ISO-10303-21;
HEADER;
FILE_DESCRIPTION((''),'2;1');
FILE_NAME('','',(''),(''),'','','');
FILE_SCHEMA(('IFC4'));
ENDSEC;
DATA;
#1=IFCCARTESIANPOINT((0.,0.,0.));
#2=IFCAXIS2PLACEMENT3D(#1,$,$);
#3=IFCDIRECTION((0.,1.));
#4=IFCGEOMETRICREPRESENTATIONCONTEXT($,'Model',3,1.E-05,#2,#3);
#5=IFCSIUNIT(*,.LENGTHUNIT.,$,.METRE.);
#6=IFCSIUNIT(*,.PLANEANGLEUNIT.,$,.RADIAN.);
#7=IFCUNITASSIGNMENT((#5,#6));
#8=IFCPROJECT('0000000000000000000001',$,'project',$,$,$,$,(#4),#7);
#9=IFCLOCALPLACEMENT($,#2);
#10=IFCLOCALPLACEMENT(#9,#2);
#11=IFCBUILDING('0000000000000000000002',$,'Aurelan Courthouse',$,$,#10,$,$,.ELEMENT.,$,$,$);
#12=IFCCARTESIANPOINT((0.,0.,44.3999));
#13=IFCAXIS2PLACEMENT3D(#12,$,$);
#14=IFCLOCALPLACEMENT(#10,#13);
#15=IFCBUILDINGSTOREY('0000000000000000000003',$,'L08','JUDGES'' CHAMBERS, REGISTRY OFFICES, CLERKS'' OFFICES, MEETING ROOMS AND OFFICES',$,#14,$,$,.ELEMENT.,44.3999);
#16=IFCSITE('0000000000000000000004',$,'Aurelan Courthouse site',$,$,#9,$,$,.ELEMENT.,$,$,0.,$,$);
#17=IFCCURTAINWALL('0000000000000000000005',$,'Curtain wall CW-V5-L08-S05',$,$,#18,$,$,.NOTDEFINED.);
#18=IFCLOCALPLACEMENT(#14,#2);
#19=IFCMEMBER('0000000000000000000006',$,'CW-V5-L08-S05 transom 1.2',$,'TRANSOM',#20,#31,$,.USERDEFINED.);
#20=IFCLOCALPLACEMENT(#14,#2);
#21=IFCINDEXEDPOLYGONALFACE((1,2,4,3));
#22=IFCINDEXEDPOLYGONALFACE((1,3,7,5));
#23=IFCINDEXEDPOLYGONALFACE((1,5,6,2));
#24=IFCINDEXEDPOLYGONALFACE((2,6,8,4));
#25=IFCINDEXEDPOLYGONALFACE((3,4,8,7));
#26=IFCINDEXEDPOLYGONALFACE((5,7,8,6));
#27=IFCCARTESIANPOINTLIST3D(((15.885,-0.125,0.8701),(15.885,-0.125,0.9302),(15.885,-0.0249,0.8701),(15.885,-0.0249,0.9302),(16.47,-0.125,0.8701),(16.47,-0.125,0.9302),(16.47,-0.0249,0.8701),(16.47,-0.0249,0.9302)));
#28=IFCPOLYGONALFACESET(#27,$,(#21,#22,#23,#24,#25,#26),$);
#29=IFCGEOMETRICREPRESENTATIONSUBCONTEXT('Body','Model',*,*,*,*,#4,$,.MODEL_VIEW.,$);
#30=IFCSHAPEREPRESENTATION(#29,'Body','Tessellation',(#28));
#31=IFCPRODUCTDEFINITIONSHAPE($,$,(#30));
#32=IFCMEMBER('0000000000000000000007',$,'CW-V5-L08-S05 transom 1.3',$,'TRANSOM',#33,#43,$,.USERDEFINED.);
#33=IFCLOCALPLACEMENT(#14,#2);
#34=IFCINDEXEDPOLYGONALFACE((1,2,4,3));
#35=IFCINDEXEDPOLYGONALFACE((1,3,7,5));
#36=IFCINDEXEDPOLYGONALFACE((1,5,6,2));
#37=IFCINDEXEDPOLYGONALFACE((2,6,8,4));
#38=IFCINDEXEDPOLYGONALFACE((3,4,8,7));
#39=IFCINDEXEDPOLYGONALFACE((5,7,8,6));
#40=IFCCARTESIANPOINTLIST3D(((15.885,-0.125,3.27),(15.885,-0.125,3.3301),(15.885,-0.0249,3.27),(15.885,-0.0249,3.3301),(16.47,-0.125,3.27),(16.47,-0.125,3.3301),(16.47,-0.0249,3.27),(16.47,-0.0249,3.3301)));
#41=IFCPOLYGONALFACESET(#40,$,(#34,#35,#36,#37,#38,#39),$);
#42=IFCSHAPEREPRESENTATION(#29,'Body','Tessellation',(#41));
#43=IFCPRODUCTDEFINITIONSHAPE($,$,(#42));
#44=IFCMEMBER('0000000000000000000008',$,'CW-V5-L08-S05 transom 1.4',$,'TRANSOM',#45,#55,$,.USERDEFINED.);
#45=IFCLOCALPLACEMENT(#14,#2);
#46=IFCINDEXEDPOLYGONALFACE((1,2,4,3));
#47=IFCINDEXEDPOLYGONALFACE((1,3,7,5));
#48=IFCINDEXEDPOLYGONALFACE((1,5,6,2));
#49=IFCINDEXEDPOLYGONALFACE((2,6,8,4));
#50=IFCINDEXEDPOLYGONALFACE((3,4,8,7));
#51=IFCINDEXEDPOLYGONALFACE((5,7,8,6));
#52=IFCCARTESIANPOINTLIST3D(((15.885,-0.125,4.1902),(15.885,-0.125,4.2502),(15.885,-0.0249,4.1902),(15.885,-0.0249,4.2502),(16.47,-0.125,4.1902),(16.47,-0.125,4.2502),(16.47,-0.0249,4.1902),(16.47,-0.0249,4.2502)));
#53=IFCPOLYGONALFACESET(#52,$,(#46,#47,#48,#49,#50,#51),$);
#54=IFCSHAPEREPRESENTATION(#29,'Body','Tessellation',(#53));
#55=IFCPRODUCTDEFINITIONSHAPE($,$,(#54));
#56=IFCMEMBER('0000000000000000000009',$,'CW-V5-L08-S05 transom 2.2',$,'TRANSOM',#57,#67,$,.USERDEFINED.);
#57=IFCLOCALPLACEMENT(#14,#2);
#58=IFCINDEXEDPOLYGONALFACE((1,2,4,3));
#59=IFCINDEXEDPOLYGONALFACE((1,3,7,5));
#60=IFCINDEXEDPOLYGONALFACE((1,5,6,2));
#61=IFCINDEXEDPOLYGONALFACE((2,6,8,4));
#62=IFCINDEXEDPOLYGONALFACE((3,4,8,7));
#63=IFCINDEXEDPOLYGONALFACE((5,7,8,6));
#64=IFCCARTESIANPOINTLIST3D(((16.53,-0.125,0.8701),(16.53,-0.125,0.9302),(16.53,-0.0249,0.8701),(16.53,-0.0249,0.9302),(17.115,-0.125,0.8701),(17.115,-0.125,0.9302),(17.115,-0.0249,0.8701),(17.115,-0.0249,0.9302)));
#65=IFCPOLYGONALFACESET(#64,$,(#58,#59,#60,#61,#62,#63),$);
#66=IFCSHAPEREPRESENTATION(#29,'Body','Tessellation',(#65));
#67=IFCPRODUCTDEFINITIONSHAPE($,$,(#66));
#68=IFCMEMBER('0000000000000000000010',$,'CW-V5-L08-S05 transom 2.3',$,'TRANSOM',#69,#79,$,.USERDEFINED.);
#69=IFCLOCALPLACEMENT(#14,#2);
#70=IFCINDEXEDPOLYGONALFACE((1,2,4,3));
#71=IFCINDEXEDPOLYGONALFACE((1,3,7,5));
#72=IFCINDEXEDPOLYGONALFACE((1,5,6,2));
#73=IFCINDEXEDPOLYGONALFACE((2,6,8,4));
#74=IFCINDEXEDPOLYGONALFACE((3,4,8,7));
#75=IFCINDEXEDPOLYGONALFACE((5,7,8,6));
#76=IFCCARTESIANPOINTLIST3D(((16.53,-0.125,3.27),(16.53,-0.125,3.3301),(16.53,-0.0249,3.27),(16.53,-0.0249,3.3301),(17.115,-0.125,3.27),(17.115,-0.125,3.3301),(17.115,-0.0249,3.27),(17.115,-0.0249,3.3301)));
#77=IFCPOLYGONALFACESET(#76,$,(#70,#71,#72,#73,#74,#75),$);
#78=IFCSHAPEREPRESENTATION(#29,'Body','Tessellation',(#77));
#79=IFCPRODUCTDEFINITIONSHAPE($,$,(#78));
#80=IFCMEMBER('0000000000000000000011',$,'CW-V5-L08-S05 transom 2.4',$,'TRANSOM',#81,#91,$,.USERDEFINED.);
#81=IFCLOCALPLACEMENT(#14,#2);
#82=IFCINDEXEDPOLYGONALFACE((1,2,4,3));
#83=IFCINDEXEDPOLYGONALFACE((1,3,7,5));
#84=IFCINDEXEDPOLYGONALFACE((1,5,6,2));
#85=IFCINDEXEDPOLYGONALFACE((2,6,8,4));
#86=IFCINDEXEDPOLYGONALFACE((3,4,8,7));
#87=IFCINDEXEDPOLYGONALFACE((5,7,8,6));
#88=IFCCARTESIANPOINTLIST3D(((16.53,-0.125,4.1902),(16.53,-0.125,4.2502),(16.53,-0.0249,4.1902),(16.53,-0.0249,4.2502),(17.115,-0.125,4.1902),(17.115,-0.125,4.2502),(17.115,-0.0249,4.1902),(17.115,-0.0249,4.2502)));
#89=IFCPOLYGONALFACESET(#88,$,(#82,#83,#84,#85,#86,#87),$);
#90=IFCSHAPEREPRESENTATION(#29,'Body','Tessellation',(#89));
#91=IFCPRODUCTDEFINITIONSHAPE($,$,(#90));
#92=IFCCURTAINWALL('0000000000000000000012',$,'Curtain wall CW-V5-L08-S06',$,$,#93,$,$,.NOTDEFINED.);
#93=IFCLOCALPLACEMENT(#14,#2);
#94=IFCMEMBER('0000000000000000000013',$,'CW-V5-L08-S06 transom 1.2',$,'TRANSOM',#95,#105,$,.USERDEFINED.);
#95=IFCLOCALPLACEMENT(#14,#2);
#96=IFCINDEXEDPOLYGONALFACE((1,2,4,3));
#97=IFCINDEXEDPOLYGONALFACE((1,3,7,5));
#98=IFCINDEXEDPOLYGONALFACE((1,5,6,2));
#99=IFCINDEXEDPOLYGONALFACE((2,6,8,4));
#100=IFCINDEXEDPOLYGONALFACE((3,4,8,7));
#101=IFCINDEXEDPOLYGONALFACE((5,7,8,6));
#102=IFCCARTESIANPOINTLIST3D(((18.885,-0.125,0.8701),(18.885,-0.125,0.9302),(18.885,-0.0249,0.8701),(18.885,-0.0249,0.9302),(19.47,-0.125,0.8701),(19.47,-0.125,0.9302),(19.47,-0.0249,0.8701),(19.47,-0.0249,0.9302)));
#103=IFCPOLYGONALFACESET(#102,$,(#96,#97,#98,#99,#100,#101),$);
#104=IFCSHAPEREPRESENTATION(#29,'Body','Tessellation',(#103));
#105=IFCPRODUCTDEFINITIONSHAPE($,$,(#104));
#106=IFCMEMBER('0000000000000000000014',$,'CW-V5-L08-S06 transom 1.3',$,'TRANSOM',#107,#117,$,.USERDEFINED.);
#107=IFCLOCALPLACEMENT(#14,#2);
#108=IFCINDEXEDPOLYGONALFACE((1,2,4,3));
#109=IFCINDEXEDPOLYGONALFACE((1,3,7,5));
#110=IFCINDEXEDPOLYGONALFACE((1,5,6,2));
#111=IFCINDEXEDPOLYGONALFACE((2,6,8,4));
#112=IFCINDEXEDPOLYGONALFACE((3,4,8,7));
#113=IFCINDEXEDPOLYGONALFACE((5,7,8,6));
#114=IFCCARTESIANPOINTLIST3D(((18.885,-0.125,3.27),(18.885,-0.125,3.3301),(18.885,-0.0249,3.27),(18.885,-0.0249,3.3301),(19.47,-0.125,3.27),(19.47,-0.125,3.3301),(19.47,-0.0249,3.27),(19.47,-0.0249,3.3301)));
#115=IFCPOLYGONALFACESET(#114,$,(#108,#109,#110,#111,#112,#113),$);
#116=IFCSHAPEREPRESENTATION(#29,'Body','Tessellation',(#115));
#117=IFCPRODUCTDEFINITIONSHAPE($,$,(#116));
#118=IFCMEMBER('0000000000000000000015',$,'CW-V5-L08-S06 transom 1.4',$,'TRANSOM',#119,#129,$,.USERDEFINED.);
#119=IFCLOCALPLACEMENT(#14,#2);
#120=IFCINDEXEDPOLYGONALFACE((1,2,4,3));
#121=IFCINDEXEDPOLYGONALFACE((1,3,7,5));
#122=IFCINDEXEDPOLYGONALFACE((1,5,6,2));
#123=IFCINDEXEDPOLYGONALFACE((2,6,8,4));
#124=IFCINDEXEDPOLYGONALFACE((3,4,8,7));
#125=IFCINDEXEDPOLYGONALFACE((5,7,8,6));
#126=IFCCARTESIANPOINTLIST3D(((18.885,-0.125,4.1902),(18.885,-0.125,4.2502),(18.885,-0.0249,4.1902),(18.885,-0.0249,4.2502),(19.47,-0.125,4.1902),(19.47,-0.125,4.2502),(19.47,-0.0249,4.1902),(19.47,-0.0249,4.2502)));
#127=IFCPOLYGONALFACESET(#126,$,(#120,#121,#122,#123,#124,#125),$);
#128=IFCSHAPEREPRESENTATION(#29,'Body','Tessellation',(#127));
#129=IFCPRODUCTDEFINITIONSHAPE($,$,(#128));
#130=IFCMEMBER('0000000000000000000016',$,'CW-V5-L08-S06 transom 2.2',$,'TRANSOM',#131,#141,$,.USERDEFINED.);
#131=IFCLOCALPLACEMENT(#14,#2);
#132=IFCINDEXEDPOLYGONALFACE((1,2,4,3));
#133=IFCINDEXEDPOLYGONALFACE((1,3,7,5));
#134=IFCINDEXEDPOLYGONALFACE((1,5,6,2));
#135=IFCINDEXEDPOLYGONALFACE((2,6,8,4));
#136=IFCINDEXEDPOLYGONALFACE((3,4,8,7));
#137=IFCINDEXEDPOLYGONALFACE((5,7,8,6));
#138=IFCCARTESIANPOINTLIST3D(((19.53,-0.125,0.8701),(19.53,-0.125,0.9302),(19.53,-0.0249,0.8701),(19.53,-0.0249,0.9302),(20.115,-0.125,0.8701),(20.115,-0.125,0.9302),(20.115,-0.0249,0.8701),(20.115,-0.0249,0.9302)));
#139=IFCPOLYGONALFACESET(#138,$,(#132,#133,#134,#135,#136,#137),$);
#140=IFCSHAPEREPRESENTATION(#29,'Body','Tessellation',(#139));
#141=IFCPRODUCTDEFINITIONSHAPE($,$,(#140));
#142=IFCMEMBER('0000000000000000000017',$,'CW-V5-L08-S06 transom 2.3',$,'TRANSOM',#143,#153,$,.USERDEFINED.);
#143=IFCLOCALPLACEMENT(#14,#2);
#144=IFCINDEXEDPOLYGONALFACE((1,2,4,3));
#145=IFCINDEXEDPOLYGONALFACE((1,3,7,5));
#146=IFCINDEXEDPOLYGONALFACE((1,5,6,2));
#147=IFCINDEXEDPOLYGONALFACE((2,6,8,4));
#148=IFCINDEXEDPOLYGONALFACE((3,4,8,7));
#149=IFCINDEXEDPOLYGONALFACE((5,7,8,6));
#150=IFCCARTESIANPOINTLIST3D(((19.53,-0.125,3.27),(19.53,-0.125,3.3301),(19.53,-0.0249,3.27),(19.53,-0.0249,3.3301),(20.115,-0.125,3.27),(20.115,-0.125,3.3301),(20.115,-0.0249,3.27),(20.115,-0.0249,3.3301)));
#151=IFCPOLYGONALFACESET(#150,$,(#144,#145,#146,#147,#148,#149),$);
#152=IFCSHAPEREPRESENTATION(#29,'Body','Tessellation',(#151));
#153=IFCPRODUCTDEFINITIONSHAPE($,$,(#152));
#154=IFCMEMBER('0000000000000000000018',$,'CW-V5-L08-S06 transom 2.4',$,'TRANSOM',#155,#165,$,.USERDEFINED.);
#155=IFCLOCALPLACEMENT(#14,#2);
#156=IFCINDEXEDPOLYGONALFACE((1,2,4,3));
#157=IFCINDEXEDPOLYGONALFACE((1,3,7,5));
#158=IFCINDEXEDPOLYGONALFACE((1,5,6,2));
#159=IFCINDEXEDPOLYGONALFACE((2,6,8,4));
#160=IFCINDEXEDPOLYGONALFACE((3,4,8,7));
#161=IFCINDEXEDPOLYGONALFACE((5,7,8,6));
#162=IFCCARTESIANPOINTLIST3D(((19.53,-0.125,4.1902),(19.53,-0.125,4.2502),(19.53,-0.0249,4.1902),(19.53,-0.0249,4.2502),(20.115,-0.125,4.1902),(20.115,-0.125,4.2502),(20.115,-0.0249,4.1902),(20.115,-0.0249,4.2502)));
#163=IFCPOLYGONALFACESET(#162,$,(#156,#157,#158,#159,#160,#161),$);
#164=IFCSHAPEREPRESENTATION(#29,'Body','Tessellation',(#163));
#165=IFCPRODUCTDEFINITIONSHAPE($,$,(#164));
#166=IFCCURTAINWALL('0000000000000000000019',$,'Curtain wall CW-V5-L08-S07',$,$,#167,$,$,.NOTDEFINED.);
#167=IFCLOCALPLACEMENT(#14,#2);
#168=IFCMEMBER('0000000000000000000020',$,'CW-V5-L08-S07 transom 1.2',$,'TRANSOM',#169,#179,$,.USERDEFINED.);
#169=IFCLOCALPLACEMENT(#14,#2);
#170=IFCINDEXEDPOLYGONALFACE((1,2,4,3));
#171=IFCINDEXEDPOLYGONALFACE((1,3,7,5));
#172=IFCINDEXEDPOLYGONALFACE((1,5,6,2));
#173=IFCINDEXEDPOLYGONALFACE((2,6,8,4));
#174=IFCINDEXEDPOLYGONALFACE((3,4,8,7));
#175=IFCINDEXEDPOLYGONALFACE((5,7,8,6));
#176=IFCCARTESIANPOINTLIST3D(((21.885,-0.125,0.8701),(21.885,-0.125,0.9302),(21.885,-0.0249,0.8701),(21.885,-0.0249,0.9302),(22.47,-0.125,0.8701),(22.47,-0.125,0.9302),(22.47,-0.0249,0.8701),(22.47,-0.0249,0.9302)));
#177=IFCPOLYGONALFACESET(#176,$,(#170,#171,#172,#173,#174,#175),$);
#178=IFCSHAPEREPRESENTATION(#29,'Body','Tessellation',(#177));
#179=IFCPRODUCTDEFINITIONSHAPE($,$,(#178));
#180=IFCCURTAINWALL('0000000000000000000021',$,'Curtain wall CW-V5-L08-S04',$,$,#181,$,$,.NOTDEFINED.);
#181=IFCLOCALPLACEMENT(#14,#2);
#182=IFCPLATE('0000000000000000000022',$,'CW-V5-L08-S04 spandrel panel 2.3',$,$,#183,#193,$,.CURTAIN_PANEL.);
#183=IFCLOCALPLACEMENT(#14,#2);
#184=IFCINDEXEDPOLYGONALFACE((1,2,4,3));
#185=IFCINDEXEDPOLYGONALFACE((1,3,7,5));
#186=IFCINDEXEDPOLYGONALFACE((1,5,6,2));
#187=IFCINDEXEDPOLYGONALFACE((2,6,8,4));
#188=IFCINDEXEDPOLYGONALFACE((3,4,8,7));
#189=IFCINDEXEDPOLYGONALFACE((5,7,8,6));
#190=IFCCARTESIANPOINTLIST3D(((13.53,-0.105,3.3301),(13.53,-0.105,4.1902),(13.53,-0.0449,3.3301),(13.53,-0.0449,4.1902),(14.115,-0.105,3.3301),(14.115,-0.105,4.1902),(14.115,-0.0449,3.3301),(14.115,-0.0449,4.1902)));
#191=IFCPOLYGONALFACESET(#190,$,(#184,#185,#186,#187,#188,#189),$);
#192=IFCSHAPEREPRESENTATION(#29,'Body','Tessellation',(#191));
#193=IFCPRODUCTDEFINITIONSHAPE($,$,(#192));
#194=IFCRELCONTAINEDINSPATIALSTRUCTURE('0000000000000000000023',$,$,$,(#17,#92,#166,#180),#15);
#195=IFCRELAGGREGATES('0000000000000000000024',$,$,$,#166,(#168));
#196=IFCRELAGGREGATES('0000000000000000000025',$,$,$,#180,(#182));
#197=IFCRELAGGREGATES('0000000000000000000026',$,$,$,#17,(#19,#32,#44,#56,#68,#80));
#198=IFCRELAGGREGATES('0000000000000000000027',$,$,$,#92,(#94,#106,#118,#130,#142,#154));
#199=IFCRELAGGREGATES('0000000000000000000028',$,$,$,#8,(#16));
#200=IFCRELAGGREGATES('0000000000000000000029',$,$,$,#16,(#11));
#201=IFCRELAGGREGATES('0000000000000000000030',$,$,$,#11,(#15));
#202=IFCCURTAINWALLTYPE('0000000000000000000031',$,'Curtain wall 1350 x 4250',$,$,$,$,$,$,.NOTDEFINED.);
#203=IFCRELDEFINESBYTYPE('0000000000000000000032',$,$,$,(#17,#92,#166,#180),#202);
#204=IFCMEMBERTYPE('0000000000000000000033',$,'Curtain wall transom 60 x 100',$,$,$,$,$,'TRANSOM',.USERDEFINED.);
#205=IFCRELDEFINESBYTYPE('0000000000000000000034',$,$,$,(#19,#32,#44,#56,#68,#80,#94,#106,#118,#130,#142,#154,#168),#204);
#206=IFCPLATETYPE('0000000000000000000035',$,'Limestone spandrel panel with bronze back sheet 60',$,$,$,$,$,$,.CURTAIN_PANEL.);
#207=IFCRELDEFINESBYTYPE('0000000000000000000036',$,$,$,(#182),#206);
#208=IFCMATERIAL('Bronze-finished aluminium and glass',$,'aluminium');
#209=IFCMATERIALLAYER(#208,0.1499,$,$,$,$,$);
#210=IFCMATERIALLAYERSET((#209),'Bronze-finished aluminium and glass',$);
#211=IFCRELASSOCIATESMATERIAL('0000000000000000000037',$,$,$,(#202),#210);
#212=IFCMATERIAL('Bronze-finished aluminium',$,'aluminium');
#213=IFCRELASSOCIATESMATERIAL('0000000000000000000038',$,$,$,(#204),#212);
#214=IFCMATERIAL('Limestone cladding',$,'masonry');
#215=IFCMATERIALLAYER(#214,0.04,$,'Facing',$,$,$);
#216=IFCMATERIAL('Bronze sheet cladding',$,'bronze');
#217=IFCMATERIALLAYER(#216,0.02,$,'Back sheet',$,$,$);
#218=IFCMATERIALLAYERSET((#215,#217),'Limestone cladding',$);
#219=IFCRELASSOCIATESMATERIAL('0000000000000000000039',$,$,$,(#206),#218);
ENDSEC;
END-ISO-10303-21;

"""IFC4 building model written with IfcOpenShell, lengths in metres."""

from ifc_helpers import new_model, si_unit, direction, frame, origin, origin_2d, place, context, subcontext, project, spatial, rectangle, extrude, material, layer, layer_set, material_profile, profile_set, type_object, element, aggregate, save


model = new_model("IFC4")

# Units and contexts
model_context = context("Model", 3, precision=1e-05, world=origin(), true_north=direction((0.0, 1.0)))
body_context = subcontext(model_context, "Body", "Model", "MODEL_VIEW")
ifc_project = project(units=[si_unit("LENGTHUNIT", "METRE"), si_unit("PLANEANGLEUNIT", "RADIAN")], contexts=[model_context])

# Site, building, storey
site_placement = place(None, origin())
site = spatial("IfcSite", under=ifc_project, at=site_placement, Name="Aurelan Courthouse site", CompositionType="ELEMENT", RefElevation=0.0)
building_placement = place(site_placement, origin())
building = spatial("IfcBuilding", under=site, at=building_placement, Name="Aurelan Courthouse", CompositionType="ELEMENT")
storey_placement = place(building_placement, frame((0.0, 0.0, 44.3999)))
storey = spatial("IfcBuildingStorey", under=building, at=storey_placement, Name="L08", Description="JUDGES' CHAMBERS, REGISTRY OFFICES, CLERKS' OFFICES, MEETING ROOMS AND OFFICES", CompositionType="ELEMENT", Elevation=44.3999)

# Curtain walls, members
ifc_material_1 = material(Name="Bronze-finished aluminium and glass", Category="aluminium")
ifc_layer_1 = layer(ifc_material_1, 0.1499)
ifc_layer_set_1 = layer_set([ifc_layer_1], Name="Bronze-finished aluminium and glass")
curtain_wall_type = type_object("IfcCurtainWallType", Name="Curtain wall 1350 x 4250", PredefinedType="NOTDEFINED", material=ifc_layer_set_1)
curtain_wall_1_placement = place(storey_placement, origin())
curtain_wall_1 = element("IfcCurtainWall", 1, at=curtain_wall_1_placement, inside=storey, type_object=curtain_wall_type, Name="Curtain wall CW-V5-L08-S05", PredefinedType="NOTDEFINED")
ifc_material_2 = material(Name="Bronze-finished aluminium", Category="aluminium")
ifc_material_profile = material_profile(ifc_material_2, rectangle(XDim=0.1001, YDim=0.0601, at=origin_2d()), Name="Bronze transom 60 x 100")
ifc_profile_set = profile_set([ifc_material_profile], Name="Bronze-finished aluminium")
member_type = type_object("IfcMemberType", Name="Curtain wall transom 60 x 100", ElementType="TRANSOM", PredefinedType="USERDEFINED", material=ifc_profile_set)
member_1_placement = place(storey_placement, frame((15.885, -0.075, 0.9001), z_axis=(1.0, 0.0, 0.0), x_axis=(0.0, 1.0, 0.0)))
member_1 = element("IfcMember", 2, at=member_1_placement, type_object=member_type, Name="CW-V5-L08-S05 transom 1.2", ObjectType="TRANSOM", PredefinedType="USERDEFINED", context=body_context, shape_type="SweptSolid", body=[
    extrude(rectangle(XDim=0.1001, YDim=0.0601, at=origin_2d()), origin(), (0.0, 0.0, 1.0), 0.585),
])
member_2_placement = place(storey_placement, frame((15.885, -0.075, 3.3), z_axis=(1.0, 0.0, 0.0), x_axis=(0.0, 1.0, 0.0)))
member_2 = element("IfcMember", 3, at=member_2_placement, type_object=member_type, Name="CW-V5-L08-S05 transom 1.3", ObjectType="TRANSOM", PredefinedType="USERDEFINED", context=body_context, shape_type="SweptSolid", body=[
    extrude(rectangle(XDim=0.1001, YDim=0.0601, at=origin_2d()), origin(), (0.0, 0.0, 1.0), 0.585),
])
member_3_placement = place(storey_placement, frame((15.885, -0.075, 4.2202), z_axis=(1.0, 0.0, 0.0), x_axis=(0.0, 1.0, 0.0)))
member_3 = element("IfcMember", 4, at=member_3_placement, type_object=member_type, Name="CW-V5-L08-S05 transom 1.4", ObjectType="TRANSOM", PredefinedType="USERDEFINED", context=body_context, shape_type="SweptSolid", body=[
    extrude(rectangle(XDim=0.1001, YDim=0.0601, at=origin_2d()), origin(), (0.0, 0.0, 1.0), 0.585),
])
member_4_placement = place(storey_placement, frame((16.53, -0.075, 0.9001), z_axis=(1.0, 0.0, 0.0), x_axis=(0.0, 1.0, 0.0)))
member_4 = element("IfcMember", 5, at=member_4_placement, type_object=member_type, Name="CW-V5-L08-S05 transom 2.2", ObjectType="TRANSOM", PredefinedType="USERDEFINED", context=body_context, shape_type="SweptSolid", body=[
    extrude(rectangle(XDim=0.1001, YDim=0.0601, at=origin_2d()), origin(), (0.0, 0.0, 1.0), 0.585),
])
member_5_placement = place(storey_placement, frame((16.53, -0.075, 3.3), z_axis=(1.0, 0.0, 0.0), x_axis=(0.0, 1.0, 0.0)))
member_5 = element("IfcMember", 6, at=member_5_placement, type_object=member_type, Name="CW-V5-L08-S05 transom 2.3", ObjectType="TRANSOM", PredefinedType="USERDEFINED", context=body_context, shape_type="SweptSolid", body=[
    extrude(rectangle(XDim=0.1001, YDim=0.0601, at=origin_2d()), origin(), (0.0, 0.0, 1.0), 0.585),
])
member_6_placement = place(storey_placement, frame((16.53, -0.075, 4.2202), z_axis=(1.0, 0.0, 0.0), x_axis=(0.0, 1.0, 0.0)))
member_6 = element("IfcMember", 7, at=member_6_placement, type_object=member_type, Name="CW-V5-L08-S05 transom 2.4", ObjectType="TRANSOM", PredefinedType="USERDEFINED", context=body_context, shape_type="SweptSolid", body=[
    extrude(rectangle(XDim=0.1001, YDim=0.0601, at=origin_2d()), origin(), (0.0, 0.0, 1.0), 0.585),
])
curtain_wall_2_placement = place(storey_placement, origin())
curtain_wall_2 = element("IfcCurtainWall", 8, at=curtain_wall_2_placement, inside=storey, type_object=curtain_wall_type, Name="Curtain wall CW-V5-L08-S06", PredefinedType="NOTDEFINED")
member_7_placement = place(storey_placement, frame((18.885, -0.075, 0.9001), z_axis=(1.0, 0.0, 0.0), x_axis=(0.0, 1.0, 0.0)))
member_7 = element("IfcMember", 9, at=member_7_placement, type_object=member_type, Name="CW-V5-L08-S06 transom 1.2", ObjectType="TRANSOM", PredefinedType="USERDEFINED", context=body_context, shape_type="SweptSolid", body=[
    extrude(rectangle(XDim=0.1001, YDim=0.0601, at=origin_2d()), origin(), (0.0, 0.0, 1.0), 0.585),
])
member_8_placement = place(storey_placement, frame((18.885, -0.075, 3.3), z_axis=(1.0, 0.0, 0.0), x_axis=(0.0, 1.0, 0.0)))
member_8 = element("IfcMember", 10, at=member_8_placement, type_object=member_type, Name="CW-V5-L08-S06 transom 1.3", ObjectType="TRANSOM", PredefinedType="USERDEFINED", context=body_context, shape_type="SweptSolid", body=[
    extrude(rectangle(XDim=0.1001, YDim=0.0601, at=origin_2d()), origin(), (0.0, 0.0, 1.0), 0.585),
])
member_9_placement = place(storey_placement, frame((18.885, -0.075, 4.2202), z_axis=(1.0, 0.0, 0.0), x_axis=(0.0, 1.0, 0.0)))
member_9 = element("IfcMember", 11, at=member_9_placement, type_object=member_type, Name="CW-V5-L08-S06 transom 1.4", ObjectType="TRANSOM", PredefinedType="USERDEFINED", context=body_context, shape_type="SweptSolid", body=[
    extrude(rectangle(XDim=0.1001, YDim=0.0601, at=origin_2d()), origin(), (0.0, 0.0, 1.0), 0.585),
])
member_10_placement = place(storey_placement, frame((19.53, -0.075, 0.9001), z_axis=(1.0, 0.0, 0.0), x_axis=(0.0, 1.0, 0.0)))
member_10 = element("IfcMember", 12, at=member_10_placement, type_object=member_type, Name="CW-V5-L08-S06 transom 2.2", ObjectType="TRANSOM", PredefinedType="USERDEFINED", context=body_context, shape_type="SweptSolid", body=[
    extrude(rectangle(XDim=0.1001, YDim=0.0601, at=origin_2d()), origin(), (0.0, 0.0, 1.0), 0.585),
])
member_11_placement = place(storey_placement, frame((19.53, -0.075, 3.3), z_axis=(1.0, 0.0, 0.0), x_axis=(0.0, 1.0, 0.0)))
member_11 = element("IfcMember", 13, at=member_11_placement, type_object=member_type, Name="CW-V5-L08-S06 transom 2.3", ObjectType="TRANSOM", PredefinedType="USERDEFINED", context=body_context, shape_type="SweptSolid", body=[
    extrude(rectangle(XDim=0.1001, YDim=0.0601, at=origin_2d()), origin(), (0.0, 0.0, 1.0), 0.585),
])
member_12_placement = place(storey_placement, frame((19.53, -0.075, 4.2202), z_axis=(1.0, 0.0, 0.0), x_axis=(0.0, 1.0, 0.0)))
member_12 = element("IfcMember", 14, at=member_12_placement, type_object=member_type, Name="CW-V5-L08-S06 transom 2.4", ObjectType="TRANSOM", PredefinedType="USERDEFINED", context=body_context, shape_type="SweptSolid", body=[
    extrude(rectangle(XDim=0.1001, YDim=0.0601, at=origin_2d()), origin(), (0.0, 0.0, 1.0), 0.585),
])

# Curtain wall, member
curtain_wall_3_placement = place(storey_placement, origin())
curtain_wall_3 = element("IfcCurtainWall", 15, at=curtain_wall_3_placement, inside=storey, type_object=curtain_wall_type, Name="Curtain wall CW-V5-L08-S07", PredefinedType="NOTDEFINED")
member_13_placement = place(storey_placement, frame((21.885, -0.075, 0.9001), z_axis=(1.0, 0.0, 0.0), x_axis=(0.0, 1.0, 0.0)))
member_13 = element("IfcMember", 16, at=member_13_placement, type_object=member_type, Name="CW-V5-L08-S07 transom 1.2", ObjectType="TRANSOM", PredefinedType="USERDEFINED", context=body_context, shape_type="SweptSolid", body=[
    extrude(rectangle(XDim=0.1001, YDim=0.0601, at=origin_2d()), origin(), (0.0, 0.0, 1.0), 0.585),
])
aggregate(curtain_wall_3, [member_13])

# Curtain wall, plate
curtain_wall_4_placement = place(storey_placement, origin())
curtain_wall_4 = element("IfcCurtainWall", 17, at=curtain_wall_4_placement, inside=storey, type_object=curtain_wall_type, Name="Curtain wall CW-V5-L08-S04", PredefinedType="NOTDEFINED")
ifc_material_3 = material(Name="Limestone cladding", Category="masonry")
ifc_layer_2 = layer(ifc_material_3, 0.04, Name="Facing")
ifc_material_4 = material(Name="Bronze sheet cladding", Category="bronze")
ifc_layer_3 = layer(ifc_material_4, 0.02, Name="Back sheet")
ifc_layer_set_2 = layer_set([ifc_layer_2, ifc_layer_3], Name="Limestone cladding")
plate_type_1 = type_object("IfcPlateType", Name="Limestone spandrel panel with bronze back sheet 60", PredefinedType="CURTAIN_PANEL", material=ifc_layer_set_2)
plate_1_placement = place(storey_placement, frame((13.8225, -0.075, 3.3301), z_axis=(0.0, 0.0, 1.0), x_axis=(1.0, 0.0, 0.0)))
plate_1 = element("IfcPlate", 18, at=plate_1_placement, type_object=plate_type_1, Name="CW-V5-L08-S04 spandrel panel 2.3", PredefinedType="CURTAIN_PANEL", context=body_context, shape_type="SweptSolid", body=[
    extrude(rectangle(XDim=0.585, YDim=0.0601, at=origin_2d()), origin(), (0.0, 0.0, 1.0), 0.8601),
])

aggregate(curtain_wall_4, [plate_1])
aggregate(curtain_wall_1, [member_1, member_2, member_3, member_4, member_5, member_6])
aggregate(curtain_wall_2, [member_7, member_8, member_9, member_10, member_11, member_12])

save(model, "model.ifc")
